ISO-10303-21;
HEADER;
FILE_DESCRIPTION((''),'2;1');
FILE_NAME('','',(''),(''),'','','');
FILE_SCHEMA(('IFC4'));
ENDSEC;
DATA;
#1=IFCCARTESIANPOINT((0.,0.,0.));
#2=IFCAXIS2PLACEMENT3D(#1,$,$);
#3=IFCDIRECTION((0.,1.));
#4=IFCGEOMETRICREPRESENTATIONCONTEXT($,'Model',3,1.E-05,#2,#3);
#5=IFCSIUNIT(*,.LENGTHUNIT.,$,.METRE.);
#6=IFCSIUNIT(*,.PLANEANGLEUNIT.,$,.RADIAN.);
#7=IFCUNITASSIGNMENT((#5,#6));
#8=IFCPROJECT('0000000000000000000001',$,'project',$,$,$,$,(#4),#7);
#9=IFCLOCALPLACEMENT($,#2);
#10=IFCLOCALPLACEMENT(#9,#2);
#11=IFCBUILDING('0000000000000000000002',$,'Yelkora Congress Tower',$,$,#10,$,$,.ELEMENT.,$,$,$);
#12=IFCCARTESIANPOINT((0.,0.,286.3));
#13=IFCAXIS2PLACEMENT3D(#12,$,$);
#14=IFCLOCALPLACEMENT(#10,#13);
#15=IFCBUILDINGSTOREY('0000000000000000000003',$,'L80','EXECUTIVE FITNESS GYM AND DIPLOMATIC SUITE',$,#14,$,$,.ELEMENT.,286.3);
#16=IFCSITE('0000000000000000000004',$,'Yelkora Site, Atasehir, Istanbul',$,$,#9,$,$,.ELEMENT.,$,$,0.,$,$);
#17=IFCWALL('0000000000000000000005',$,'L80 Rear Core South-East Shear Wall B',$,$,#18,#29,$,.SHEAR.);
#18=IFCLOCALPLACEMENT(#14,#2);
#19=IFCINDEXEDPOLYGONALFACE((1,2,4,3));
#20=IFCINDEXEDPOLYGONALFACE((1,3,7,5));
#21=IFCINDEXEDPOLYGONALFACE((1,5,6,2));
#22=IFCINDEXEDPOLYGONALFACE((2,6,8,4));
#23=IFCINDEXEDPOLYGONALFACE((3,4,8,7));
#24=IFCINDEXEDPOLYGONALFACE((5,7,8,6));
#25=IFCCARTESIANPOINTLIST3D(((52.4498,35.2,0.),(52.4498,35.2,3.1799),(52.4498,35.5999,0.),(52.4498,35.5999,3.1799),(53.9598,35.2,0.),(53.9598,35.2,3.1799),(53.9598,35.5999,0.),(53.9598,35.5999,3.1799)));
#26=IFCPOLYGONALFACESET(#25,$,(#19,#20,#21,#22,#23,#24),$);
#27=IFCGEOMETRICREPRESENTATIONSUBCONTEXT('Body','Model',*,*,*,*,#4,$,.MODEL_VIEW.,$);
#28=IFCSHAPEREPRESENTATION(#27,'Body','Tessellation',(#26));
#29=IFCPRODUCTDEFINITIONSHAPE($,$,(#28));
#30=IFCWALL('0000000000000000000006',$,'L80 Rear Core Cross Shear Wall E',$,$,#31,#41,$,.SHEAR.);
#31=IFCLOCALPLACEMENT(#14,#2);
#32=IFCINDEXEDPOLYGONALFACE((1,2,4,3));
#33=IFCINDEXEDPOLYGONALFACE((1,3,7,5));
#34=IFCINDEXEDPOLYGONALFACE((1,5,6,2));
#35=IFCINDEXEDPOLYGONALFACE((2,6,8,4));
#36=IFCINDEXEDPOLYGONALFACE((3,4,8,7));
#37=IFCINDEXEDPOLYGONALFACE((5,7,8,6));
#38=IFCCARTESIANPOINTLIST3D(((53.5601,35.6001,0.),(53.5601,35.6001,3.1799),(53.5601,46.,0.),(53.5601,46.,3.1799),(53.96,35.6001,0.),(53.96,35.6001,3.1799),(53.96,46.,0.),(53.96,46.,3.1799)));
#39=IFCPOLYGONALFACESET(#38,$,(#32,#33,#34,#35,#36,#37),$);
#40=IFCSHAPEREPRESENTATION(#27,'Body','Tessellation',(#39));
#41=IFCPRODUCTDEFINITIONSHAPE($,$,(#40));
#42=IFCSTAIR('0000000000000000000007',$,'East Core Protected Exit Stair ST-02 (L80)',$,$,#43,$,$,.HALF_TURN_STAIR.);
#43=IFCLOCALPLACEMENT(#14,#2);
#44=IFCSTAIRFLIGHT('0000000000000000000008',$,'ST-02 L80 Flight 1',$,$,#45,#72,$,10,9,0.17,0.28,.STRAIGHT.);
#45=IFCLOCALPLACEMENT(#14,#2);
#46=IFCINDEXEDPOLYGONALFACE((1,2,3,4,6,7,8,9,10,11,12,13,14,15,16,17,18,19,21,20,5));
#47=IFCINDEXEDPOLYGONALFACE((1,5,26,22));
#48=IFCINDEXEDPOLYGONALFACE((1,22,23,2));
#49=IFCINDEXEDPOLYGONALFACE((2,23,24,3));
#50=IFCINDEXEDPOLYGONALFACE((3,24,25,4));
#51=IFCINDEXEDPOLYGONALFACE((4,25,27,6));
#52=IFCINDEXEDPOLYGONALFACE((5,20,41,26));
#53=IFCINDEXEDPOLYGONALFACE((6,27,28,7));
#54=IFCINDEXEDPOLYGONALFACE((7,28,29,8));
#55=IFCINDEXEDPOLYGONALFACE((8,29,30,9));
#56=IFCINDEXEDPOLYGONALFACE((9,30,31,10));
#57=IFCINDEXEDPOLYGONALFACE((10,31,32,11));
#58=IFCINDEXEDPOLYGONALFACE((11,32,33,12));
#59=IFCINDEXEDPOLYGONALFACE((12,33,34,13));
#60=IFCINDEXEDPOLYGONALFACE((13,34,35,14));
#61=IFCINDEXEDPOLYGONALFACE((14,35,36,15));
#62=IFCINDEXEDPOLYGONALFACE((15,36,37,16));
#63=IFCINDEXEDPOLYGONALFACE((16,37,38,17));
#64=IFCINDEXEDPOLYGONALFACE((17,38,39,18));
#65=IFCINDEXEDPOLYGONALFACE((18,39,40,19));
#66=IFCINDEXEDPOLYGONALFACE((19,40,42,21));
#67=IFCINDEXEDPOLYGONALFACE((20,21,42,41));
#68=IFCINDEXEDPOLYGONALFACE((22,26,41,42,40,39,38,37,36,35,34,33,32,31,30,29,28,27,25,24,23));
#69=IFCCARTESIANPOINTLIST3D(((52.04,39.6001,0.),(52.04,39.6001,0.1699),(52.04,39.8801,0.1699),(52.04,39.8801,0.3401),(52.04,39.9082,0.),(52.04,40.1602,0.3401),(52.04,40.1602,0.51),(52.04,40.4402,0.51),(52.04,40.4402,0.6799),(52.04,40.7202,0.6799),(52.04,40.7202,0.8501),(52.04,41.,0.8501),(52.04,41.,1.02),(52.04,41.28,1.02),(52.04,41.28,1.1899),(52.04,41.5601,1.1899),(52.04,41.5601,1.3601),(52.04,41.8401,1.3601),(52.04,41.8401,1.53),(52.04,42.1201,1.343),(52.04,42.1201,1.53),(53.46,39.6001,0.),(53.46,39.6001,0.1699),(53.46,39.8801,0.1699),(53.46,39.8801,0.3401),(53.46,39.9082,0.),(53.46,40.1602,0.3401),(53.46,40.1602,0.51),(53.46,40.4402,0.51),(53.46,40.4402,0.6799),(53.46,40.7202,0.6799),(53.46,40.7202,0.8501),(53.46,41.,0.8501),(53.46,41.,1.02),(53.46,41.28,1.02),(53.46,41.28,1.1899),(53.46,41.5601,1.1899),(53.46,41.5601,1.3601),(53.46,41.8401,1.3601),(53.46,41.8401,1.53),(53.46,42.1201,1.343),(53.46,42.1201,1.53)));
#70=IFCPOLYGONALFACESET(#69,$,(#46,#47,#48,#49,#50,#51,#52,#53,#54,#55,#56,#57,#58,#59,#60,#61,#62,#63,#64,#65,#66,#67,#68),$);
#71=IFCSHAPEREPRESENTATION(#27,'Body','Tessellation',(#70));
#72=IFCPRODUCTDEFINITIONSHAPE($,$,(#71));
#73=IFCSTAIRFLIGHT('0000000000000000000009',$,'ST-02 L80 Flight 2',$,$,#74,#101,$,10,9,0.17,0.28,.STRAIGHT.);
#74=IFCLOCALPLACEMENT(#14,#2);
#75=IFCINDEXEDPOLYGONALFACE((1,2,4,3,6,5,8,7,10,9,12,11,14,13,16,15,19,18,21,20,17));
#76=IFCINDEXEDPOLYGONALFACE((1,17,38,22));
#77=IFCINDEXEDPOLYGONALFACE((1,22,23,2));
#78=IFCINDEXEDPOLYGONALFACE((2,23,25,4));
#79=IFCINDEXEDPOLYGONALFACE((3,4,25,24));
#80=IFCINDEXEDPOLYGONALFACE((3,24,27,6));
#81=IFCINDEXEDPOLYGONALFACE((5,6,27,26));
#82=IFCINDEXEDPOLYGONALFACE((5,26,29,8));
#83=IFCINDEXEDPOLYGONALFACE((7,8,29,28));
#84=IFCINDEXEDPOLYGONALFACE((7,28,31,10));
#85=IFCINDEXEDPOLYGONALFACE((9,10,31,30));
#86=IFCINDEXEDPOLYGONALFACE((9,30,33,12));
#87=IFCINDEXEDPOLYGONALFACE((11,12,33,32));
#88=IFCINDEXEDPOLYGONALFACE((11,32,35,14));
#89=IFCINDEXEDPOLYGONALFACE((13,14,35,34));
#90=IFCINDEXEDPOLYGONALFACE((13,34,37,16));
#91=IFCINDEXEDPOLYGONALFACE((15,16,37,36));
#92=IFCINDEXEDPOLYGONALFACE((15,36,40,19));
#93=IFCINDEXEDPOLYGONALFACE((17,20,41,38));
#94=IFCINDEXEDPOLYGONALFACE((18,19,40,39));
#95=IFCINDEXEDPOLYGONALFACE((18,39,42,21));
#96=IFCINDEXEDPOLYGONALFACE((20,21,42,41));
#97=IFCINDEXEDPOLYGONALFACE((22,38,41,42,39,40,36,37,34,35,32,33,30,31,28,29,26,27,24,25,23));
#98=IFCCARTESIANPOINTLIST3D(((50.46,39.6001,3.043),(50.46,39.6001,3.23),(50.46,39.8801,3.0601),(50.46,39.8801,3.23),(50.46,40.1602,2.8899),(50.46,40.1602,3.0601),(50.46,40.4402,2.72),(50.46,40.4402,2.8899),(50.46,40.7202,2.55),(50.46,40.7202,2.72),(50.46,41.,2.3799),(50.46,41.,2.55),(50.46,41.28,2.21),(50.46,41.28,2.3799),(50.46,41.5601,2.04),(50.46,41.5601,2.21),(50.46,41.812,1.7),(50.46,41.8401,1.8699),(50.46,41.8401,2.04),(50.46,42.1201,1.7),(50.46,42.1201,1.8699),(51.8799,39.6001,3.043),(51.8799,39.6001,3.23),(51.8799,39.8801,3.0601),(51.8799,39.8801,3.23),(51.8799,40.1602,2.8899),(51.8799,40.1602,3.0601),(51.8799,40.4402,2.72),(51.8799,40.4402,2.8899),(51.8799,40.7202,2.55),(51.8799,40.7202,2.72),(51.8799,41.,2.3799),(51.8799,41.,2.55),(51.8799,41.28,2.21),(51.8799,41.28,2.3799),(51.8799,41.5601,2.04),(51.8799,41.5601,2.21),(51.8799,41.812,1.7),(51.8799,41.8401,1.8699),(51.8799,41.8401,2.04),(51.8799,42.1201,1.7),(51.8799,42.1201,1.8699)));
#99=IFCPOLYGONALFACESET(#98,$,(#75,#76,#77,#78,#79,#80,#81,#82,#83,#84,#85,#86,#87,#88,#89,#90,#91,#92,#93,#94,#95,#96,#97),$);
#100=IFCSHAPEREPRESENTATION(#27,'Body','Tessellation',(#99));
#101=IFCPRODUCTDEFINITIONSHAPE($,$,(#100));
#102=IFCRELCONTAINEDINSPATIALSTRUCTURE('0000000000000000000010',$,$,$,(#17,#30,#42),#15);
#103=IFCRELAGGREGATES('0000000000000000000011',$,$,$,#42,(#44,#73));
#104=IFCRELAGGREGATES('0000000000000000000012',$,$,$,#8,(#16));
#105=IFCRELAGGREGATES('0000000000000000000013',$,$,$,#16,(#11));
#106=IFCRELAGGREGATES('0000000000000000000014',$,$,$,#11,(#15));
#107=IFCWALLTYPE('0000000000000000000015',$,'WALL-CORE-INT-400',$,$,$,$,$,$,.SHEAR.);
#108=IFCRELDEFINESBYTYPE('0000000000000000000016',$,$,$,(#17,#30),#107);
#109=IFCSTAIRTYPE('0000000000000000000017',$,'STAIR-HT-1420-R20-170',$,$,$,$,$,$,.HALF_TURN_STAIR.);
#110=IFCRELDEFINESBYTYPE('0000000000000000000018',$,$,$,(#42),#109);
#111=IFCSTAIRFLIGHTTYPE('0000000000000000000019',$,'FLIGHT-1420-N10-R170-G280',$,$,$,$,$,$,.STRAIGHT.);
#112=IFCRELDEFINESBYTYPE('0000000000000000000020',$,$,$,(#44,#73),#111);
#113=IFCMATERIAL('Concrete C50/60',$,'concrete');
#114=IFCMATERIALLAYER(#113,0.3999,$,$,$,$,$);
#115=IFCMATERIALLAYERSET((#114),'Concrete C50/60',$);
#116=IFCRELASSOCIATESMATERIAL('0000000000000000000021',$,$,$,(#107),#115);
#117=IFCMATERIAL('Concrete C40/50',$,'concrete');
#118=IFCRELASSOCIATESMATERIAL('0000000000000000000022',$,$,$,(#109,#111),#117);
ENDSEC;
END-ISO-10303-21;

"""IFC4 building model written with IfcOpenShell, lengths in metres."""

from ifc_helpers import new_model, si_unit, direction, frame, frame_2d, origin, place, context, subcontext, project, spatial, polyline, rectangle, outline, extrude, material, layer, layer_set, type_object, element, aggregate, save


model = new_model("IFC4")

# Units and contexts
model_context = context("Model", 3, precision=1e-05, world=origin(), true_north=direction((0.0, 1.0)))
body_context = subcontext(model_context, "Body", "Model", "MODEL_VIEW")
ifc_project = project(units=[si_unit("LENGTHUNIT", "METRE"), si_unit("PLANEANGLEUNIT", "RADIAN")], contexts=[model_context])

# Site, building, storey
site_placement = place(None, origin())
site = spatial("IfcSite", under=ifc_project, at=site_placement, Name="Yelkora Site, Atasehir, Istanbul", CompositionType="ELEMENT", RefElevation=0.0)
building_placement = place(site_placement, origin())
building = spatial("IfcBuilding", under=site, at=building_placement, Name="Yelkora Congress Tower", CompositionType="ELEMENT")
storey_placement = place(building_placement, frame((0.0, 0.0, 286.3)))
storey = spatial("IfcBuildingStorey", under=building, at=storey_placement, Name="L80", Description="EXECUTIVE FITNESS GYM AND DIPLOMATIC SUITE", CompositionType="ELEMENT", Elevation=286.3)

# Walls
ifc_material_1 = material(Name="Concrete C50/60", Category="concrete")
ifc_layer_1 = layer(ifc_material_1, 0.3999)
ifc_layer_set_1 = layer_set([ifc_layer_1], Name="Concrete C50/60")
wall_type_1 = type_object("IfcWallType", Name="WALL-CORE-INT-400", PredefinedType="SHEAR", material=ifc_layer_set_1)
wall_1_placement = place(storey_placement, frame((52.45, 35.3999, 0.0), z_axis=(0.0, 0.0, 1.0), x_axis=(1.0, 0.0, 0.0)))
element("IfcWall", 1, at=wall_1_placement, inside=storey, type_object=wall_type_1, Name="L80 Rear Core South-East Shear Wall B", PredefinedType="SHEAR", context=body_context, shape_type="SweptSolid", body=[
    extrude(rectangle(XDim=1.51, YDim=0.3999, at=frame_2d((0.7549, 0.0))), origin(), (0.0, 0.0, 1.0), 3.1799),
])
wall_2_placement = place(storey_placement, frame((53.76, 35.6001, 0.0), z_axis=(0.0, 0.0, 1.0), x_axis=(0.0, 1.0, 0.0)))
element("IfcWall", 2, at=wall_2_placement, inside=storey, type_object=wall_type_1, Name="L80 Rear Core Cross Shear Wall E", PredefinedType="SHEAR", context=body_context, shape_type="SweptSolid", body=[
    extrude(rectangle(XDim=10.3999, YDim=0.3999, at=frame_2d((5.2, 0.0))), origin(), (0.0, 0.0, 1.0), 3.1799),
])

# Stair, stair flights
ifc_material_2 = material(Name="Concrete C40/50", Category="concrete")
stair_type = type_object("IfcStairType", Name="STAIR-HT-1420-R20-170", PredefinedType="HALF_TURN_STAIR", material=ifc_material_2)
stair_placement = place(storey_placement, origin())
stair = element("IfcStair", 3, at=stair_placement, inside=storey, type_object=stair_type, Name="East Core Protected Exit Stair ST-02 (L80)", PredefinedType="HALF_TURN_STAIR")
stair_flight_type = type_object("IfcStairFlightType", Name="FLIGHT-1420-N10-R170-G280", PredefinedType="STRAIGHT", material=ifc_material_2)
stair_flight_1_placement = place(storey_placement, frame((52.75, 39.6001, 0.0), z_axis=(0.0, 0.0, 1.0), x_axis=(0.0, 1.0, 0.0)))
stair_flight_1 = element("IfcStairFlight", 4, at=stair_flight_1_placement, type_object=stair_flight_type, Name="ST-02 L80 Flight 1", NumberOfRisers=10, NumberOfTreads=9, PredefinedType="STRAIGHT", RiserHeight=0.17, TreadLength=0.28, context=body_context, shape_type="SweptSolid", body=[
    extrude(outline(polyline([(0.0, 0.0), (0.0, 0.1699), (0.28, 0.1699), (0.28, 0.3401), (0.5601, 0.3401), (0.5601, 0.51), (0.8401, 0.51), (0.8401, 0.6799), (1.1201, 0.6799), (1.1201, 0.8501), (1.3999, 0.8501), (1.3999, 1.02), (1.6799, 1.02), (1.6799, 1.1899), (1.96, 1.1899), (1.96, 1.3601), (2.24, 1.3601), (2.24, 1.53), (2.52, 1.53), (2.52, 1.7), (2.52, 1.343), (0.3081, 0.0), (0.0, 0.0)])), frame((0.0, 0.71, 0.0), z_axis=(0.0, -1.0, 0.0), x_axis=(1.0, 0.0, 0.0)), (0.0, 0.0, 1.0), 1.4199),
])
stair_flight_2_placement = place(storey_placement, frame((51.1699, 42.1201, 1.7), z_axis=(0.0, 0.0, 1.0), x_axis=(0.0, -1.0, 0.0)))
stair_flight_2 = element("IfcStairFlight", 5, at=stair_flight_2_placement, type_object=stair_flight_type, Name="ST-02 L80 Flight 2", NumberOfRisers=10, NumberOfTreads=9, PredefinedType="STRAIGHT", RiserHeight=0.17, TreadLength=0.28, context=body_context, shape_type="SweptSolid", body=[
    extrude(outline(polyline([(0.0, 0.0), (0.0, 0.1699), (0.28, 0.1699), (0.28, 0.3401), (0.5601, 0.3401), (0.5601, 0.51), (0.8401, 0.51), (0.8401, 0.6799), (1.1201, 0.6799), (1.1201, 0.8501), (1.3999, 0.8501), (1.3999, 1.02), (1.6799, 1.02), (1.6799, 1.1899), (1.96, 1.1899), (1.96, 1.3601), (2.24, 1.3601), (2.24, 1.53), (2.52, 1.53), (2.52, 1.7), (2.52, 1.343), (0.3081, 0.0), (0.0, 0.0)])), frame((0.0, 0.71, 0.0), z_axis=(0.0, -1.0, 0.0), x_axis=(1.0, 0.0, 0.0)), (0.0, 0.0, 1.0), 1.4199),
])
aggregate(stair, [stair_flight_1, stair_flight_2])

save(model, "model.ifc")
